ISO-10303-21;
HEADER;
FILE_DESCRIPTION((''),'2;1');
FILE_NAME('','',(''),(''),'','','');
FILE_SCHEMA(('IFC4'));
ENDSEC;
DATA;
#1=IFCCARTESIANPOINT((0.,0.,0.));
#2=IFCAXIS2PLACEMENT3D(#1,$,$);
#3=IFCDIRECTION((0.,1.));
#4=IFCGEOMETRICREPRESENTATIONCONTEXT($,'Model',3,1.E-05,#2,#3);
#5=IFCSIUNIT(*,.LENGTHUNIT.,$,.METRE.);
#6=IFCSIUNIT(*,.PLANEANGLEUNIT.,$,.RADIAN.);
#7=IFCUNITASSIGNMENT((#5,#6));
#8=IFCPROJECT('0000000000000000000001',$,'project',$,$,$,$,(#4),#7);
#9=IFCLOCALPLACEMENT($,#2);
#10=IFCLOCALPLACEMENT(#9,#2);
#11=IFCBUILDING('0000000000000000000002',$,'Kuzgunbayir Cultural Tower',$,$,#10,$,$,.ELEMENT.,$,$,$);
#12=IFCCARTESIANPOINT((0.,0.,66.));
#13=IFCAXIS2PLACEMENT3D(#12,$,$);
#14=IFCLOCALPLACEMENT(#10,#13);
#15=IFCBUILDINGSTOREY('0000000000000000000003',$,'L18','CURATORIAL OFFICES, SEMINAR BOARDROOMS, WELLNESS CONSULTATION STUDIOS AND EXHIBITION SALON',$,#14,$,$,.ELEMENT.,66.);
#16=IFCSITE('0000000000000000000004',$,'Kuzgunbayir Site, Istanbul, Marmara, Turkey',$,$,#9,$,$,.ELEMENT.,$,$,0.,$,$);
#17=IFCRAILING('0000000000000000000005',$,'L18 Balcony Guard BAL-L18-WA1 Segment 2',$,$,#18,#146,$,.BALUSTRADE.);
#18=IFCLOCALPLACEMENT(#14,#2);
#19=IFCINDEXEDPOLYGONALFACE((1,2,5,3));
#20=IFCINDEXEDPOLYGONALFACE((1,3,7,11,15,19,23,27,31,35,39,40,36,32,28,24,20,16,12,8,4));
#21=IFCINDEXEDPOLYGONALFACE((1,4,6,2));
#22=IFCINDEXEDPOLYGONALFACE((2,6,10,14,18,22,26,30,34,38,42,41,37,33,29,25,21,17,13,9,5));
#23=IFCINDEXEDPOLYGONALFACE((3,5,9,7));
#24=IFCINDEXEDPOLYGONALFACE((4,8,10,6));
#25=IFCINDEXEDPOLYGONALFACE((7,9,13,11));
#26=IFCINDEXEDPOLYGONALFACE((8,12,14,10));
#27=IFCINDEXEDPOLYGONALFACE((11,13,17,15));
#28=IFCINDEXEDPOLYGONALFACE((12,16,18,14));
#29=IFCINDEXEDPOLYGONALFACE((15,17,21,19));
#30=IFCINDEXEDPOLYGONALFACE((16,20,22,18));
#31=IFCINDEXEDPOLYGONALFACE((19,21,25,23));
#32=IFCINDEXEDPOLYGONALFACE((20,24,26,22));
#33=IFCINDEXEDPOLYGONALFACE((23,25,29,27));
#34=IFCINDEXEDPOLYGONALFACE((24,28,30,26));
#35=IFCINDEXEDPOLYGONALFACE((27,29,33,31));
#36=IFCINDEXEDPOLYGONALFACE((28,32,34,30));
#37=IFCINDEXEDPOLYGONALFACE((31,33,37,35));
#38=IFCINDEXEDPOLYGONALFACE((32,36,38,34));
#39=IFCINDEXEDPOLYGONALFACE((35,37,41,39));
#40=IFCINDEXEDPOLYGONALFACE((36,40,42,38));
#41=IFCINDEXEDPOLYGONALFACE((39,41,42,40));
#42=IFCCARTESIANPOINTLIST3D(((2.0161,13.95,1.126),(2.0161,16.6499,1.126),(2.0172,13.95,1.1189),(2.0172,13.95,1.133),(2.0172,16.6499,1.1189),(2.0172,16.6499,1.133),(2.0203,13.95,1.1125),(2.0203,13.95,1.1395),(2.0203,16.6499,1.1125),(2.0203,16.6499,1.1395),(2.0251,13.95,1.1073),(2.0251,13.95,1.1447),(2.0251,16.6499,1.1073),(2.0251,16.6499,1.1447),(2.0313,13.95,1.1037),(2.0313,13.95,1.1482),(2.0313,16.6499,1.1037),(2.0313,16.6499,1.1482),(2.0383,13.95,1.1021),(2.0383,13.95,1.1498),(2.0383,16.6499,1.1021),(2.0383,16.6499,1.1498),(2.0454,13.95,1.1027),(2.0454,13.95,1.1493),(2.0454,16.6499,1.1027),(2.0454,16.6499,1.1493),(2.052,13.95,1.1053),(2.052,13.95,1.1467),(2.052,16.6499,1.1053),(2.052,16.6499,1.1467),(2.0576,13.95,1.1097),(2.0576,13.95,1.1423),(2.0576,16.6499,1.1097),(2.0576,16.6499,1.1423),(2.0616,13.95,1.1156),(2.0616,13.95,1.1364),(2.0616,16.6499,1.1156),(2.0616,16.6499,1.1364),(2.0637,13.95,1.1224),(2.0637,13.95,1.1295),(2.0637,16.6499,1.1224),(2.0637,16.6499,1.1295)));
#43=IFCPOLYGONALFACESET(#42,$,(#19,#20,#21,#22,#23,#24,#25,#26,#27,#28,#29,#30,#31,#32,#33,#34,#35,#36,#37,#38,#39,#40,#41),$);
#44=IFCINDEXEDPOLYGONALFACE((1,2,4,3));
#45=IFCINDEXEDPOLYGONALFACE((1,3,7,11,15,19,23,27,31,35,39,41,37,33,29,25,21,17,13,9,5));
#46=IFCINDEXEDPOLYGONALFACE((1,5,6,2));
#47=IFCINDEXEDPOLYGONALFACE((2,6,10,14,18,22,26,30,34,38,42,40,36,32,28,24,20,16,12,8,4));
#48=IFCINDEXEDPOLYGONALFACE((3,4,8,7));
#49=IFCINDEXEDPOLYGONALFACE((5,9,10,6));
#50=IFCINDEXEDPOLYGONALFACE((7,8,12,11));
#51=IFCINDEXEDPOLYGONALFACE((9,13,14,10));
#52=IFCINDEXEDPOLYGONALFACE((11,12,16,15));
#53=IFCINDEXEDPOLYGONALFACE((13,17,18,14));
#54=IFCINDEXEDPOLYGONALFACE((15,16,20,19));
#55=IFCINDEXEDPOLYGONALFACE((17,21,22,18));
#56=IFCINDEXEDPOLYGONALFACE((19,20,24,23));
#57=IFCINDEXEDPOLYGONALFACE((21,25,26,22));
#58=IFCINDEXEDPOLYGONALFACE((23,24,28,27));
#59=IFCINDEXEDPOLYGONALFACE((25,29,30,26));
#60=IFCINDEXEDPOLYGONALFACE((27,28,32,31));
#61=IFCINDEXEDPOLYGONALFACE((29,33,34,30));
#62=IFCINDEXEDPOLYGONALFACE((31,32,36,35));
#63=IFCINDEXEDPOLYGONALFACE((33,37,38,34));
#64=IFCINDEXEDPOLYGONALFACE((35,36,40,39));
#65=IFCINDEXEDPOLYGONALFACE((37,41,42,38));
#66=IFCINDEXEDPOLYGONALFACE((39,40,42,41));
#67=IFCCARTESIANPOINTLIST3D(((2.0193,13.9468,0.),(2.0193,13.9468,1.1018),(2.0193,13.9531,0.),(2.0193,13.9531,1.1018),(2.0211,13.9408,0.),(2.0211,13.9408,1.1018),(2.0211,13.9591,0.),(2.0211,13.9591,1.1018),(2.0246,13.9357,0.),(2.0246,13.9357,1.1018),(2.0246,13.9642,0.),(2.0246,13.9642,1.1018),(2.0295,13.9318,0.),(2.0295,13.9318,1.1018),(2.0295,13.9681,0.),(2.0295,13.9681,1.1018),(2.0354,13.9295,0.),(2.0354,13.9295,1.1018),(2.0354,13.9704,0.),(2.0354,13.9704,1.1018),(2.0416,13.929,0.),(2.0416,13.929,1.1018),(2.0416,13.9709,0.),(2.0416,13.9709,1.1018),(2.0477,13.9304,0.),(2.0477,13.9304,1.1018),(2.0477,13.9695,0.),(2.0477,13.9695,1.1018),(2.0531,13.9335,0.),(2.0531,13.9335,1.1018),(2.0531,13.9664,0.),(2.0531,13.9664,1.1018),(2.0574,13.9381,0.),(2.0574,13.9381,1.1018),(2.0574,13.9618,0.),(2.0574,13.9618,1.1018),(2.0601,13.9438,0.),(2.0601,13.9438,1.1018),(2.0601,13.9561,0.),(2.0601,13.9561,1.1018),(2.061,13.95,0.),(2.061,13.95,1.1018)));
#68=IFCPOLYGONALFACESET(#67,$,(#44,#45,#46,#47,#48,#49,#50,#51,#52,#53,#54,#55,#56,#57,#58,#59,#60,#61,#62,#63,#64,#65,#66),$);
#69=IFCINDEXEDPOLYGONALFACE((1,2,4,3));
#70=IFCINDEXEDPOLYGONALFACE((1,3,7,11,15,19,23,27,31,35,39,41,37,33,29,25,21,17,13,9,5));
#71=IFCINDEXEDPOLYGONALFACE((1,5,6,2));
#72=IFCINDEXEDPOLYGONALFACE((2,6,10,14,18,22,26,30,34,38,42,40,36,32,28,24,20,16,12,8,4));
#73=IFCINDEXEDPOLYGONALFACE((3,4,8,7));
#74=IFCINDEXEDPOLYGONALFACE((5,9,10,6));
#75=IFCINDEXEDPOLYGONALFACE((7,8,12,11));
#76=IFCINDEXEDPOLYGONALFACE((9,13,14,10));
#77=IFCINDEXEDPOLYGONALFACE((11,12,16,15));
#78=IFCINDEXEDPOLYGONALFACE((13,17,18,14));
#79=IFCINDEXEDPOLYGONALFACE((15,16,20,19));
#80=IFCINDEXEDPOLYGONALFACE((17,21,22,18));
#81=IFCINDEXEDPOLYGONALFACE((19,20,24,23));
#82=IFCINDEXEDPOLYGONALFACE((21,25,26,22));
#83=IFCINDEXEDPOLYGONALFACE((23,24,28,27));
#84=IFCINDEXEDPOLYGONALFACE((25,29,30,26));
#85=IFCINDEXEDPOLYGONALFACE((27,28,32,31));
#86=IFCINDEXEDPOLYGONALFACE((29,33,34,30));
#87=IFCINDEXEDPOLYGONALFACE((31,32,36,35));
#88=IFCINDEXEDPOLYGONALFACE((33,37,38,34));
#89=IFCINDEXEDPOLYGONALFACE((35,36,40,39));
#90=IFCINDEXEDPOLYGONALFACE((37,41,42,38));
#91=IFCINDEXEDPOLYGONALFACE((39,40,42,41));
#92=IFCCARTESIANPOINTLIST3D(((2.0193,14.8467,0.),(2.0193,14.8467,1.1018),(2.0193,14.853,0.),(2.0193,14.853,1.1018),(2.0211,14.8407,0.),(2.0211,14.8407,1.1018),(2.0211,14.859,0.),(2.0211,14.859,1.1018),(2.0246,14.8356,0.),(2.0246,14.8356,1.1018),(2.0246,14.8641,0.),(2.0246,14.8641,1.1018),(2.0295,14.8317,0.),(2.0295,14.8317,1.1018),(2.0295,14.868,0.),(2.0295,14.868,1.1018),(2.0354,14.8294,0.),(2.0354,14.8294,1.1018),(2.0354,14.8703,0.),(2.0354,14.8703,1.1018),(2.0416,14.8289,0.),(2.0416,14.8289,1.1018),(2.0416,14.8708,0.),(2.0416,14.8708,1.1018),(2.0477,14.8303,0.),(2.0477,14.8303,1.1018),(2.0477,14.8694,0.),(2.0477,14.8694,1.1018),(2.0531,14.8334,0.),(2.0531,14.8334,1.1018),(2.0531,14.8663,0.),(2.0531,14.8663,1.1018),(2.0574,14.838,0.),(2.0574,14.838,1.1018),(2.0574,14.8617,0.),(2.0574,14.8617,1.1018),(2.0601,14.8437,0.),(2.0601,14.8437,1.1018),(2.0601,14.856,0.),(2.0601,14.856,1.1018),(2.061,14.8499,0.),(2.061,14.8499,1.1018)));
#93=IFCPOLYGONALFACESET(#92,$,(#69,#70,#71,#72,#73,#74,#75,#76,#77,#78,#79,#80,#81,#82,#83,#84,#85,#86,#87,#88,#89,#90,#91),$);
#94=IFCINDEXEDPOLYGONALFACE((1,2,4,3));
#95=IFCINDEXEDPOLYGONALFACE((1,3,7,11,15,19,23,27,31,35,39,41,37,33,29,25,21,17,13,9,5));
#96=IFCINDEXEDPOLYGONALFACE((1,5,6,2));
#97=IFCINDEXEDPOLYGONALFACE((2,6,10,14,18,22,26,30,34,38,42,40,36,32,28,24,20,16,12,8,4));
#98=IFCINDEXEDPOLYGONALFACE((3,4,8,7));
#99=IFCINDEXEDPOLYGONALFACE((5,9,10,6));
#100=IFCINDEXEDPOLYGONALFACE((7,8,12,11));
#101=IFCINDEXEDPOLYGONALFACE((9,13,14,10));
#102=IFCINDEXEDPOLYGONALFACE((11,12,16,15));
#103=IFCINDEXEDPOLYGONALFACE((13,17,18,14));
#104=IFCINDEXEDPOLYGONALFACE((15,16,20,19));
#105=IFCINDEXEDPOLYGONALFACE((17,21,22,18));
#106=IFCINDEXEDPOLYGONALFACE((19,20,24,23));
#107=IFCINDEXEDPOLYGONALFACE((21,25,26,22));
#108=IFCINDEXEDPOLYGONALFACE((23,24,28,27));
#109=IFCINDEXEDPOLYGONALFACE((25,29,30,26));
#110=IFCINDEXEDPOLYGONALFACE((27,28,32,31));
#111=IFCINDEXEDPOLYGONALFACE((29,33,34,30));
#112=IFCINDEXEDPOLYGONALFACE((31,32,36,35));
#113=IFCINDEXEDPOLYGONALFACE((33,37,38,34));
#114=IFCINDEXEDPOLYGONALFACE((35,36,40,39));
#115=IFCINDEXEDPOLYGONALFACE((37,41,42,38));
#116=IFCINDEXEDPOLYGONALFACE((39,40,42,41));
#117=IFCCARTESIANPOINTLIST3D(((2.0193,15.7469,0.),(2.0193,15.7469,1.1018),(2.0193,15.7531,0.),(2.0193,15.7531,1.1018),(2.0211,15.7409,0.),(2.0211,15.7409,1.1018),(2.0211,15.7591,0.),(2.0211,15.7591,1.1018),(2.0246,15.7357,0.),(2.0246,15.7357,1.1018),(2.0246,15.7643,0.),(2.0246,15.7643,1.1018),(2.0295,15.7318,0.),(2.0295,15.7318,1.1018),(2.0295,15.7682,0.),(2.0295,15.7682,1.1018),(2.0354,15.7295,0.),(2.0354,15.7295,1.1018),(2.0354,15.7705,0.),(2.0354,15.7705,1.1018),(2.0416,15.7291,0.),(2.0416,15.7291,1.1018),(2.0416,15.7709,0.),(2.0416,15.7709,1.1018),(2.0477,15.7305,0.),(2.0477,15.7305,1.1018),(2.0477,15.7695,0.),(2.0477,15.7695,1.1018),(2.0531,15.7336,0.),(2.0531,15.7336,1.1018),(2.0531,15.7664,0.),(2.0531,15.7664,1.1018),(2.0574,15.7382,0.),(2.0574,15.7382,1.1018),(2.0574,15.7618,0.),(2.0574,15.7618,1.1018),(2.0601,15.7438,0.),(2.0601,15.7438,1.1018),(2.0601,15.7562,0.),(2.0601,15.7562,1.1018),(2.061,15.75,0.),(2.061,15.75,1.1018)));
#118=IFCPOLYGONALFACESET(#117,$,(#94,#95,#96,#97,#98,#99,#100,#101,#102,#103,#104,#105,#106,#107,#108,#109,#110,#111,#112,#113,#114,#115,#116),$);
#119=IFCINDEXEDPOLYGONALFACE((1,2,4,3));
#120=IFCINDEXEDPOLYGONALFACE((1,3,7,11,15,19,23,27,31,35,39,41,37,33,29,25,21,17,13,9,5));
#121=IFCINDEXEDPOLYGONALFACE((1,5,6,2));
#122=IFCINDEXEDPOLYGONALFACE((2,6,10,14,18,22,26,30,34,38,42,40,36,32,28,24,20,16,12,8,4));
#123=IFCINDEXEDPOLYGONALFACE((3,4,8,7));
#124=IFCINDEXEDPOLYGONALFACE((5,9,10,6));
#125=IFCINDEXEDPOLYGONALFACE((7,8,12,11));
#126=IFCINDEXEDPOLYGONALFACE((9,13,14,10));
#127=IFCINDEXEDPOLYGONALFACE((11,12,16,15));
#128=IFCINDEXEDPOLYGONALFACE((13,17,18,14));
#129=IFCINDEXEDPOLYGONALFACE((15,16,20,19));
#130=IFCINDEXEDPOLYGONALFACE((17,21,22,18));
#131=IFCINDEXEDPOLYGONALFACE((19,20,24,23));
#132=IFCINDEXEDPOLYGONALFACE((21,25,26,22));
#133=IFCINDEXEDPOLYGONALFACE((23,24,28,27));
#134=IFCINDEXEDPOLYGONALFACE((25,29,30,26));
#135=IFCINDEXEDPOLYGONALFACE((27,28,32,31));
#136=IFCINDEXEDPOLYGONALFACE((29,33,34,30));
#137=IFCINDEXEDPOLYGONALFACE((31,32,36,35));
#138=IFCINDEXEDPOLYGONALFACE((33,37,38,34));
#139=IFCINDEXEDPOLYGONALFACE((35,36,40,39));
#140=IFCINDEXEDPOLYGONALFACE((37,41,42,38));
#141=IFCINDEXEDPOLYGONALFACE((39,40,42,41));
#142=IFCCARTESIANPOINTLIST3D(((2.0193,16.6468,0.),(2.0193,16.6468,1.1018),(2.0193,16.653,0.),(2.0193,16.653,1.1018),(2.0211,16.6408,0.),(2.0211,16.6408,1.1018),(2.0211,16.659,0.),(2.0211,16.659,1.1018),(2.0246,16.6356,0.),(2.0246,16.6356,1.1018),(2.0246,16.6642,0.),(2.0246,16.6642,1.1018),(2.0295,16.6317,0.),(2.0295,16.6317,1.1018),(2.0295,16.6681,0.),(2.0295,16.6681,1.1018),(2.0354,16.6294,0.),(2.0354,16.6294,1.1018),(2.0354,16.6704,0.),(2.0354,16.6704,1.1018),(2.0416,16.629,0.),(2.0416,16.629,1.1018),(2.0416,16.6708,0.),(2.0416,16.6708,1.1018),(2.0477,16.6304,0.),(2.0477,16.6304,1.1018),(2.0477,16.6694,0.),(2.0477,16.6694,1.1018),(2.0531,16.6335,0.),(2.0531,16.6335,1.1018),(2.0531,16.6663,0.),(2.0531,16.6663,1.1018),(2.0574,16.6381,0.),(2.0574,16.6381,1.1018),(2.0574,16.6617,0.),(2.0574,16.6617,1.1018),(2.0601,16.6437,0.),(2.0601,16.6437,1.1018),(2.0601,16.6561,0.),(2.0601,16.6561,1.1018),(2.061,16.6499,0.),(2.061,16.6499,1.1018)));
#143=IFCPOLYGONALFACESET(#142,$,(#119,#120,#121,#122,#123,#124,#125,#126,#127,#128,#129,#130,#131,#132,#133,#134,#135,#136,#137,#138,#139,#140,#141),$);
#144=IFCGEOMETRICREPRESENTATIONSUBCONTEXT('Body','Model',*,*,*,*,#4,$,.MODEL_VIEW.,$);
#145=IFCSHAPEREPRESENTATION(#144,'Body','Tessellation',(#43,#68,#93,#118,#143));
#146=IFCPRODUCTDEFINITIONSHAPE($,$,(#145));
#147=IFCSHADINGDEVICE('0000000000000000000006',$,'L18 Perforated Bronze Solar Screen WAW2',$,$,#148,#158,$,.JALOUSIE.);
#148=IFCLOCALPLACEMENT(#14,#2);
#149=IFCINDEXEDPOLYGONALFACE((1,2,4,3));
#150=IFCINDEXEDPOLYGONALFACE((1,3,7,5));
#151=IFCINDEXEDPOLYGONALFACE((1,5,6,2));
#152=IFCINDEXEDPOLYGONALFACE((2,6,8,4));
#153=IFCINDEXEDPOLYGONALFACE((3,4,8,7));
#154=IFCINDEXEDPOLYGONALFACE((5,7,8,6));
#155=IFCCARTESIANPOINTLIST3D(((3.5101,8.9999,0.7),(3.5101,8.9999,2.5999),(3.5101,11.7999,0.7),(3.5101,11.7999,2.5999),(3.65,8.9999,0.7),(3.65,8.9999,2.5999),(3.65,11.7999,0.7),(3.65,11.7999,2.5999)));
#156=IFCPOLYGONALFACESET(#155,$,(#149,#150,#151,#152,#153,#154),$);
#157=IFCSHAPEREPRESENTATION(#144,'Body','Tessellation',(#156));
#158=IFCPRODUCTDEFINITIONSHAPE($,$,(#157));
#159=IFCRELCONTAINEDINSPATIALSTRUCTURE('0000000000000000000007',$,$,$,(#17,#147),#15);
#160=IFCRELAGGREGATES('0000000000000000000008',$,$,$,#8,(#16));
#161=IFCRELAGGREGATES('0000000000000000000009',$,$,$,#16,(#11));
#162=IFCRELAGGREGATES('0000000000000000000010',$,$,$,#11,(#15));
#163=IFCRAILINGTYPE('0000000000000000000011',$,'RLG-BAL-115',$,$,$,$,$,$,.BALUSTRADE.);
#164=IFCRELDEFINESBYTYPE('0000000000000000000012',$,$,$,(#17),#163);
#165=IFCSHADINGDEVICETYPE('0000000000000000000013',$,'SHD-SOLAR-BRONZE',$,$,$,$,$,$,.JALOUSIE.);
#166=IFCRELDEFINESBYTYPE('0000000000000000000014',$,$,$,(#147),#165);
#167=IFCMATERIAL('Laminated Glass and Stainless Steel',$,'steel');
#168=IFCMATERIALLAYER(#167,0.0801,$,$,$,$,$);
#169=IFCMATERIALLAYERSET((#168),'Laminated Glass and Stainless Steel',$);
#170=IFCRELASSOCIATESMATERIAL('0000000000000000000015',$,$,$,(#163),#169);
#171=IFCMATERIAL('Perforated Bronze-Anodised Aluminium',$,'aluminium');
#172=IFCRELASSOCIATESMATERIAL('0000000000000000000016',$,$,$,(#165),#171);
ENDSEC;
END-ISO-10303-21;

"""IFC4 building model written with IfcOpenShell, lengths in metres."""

from ifc_helpers import new_model, si_unit, direction, frame, origin, origin_2d, place, context, subcontext, project, spatial, rectangle, circle, extrude, material, layer, layer_set, type_object, element, save


model = new_model("IFC4")

# Units and contexts
model_context = context("Model", 3, precision=1e-05, world=origin(), true_north=direction((0.0, 1.0)))
body_context = subcontext(model_context, "Body", "Model", "MODEL_VIEW")
ifc_project = project(units=[si_unit("LENGTHUNIT", "METRE"), si_unit("PLANEANGLEUNIT", "RADIAN")], contexts=[model_context])

# Site, building, storey
site_placement = place(None, origin())
site = spatial("IfcSite", under=ifc_project, at=site_placement, Name="Kuzgunbayir Site, Istanbul, Marmara, Turkey", CompositionType="ELEMENT", RefElevation=0.0)
building_placement = place(site_placement, origin())
building = spatial("IfcBuilding", under=site, at=building_placement, Name="Kuzgunbayir Cultural Tower", CompositionType="ELEMENT")
storey_placement = place(building_placement, frame((0.0, 0.0, 66.0)))
storey = spatial("IfcBuildingStorey", under=building, at=storey_placement, Name="L18", Description="CURATORIAL OFFICES, SEMINAR BOARDROOMS, WELLNESS CONSULTATION STUDIOS AND EXHIBITION SALON", CompositionType="ELEMENT", Elevation=66.0)

# Railing
ifc_material_1 = material(Name="Laminated Glass and Stainless Steel", Category="steel")
ifc_layer_1 = layer(ifc_material_1, 0.0801)
ifc_layer_set_1 = layer_set([ifc_layer_1], Name="Laminated Glass and Stainless Steel")
railing_type = type_object("IfcRailingType", Name="RLG-BAL-115", PredefinedType="BALUSTRADE", material=ifc_layer_set_1)
railing_1_placement = place(storey_placement, frame((2.04, 13.95, 0.0)))
element("IfcRailing", 1, at=railing_1_placement, inside=storey, type_object=railing_type, Name="L18 Balcony Guard BAL-L18-WA1 Segment 2", PredefinedType="BALUSTRADE", context=body_context, shape_type="SweptSolid", body=[
    extrude(circle(Radius=0.0239, at=origin_2d()), frame((0.0, 0.0, 1.126), z_axis=(0.0, 1.0, 0.0), x_axis=(-1.0, 0.0, 0.0)), (0.0, 0.0, 1.0), 2.7),
    extrude(circle(Radius=0.021, at=origin_2d()), origin(), (0.0, 0.0, 1.0), 1.1018),
    extrude(circle(Radius=0.021, at=origin_2d()), frame((0.0, 0.8999, 0.0)), (0.0, 0.0, 1.0), 1.1018),
    extrude(circle(Radius=0.021, at=origin_2d()), frame((0.0, 1.8, 0.0)), (0.0, 0.0, 1.0), 1.1018),
    extrude(circle(Radius=0.021, at=origin_2d()), frame((0.0, 2.7, 0.0)), (0.0, 0.0, 1.0), 1.1018),
])

# Shading device
ifc_material_2 = material(Name="Perforated Bronze-Anodised Aluminium", Category="aluminium")
shading_device_type = type_object("IfcShadingDeviceType", Name="SHD-SOLAR-BRONZE", PredefinedType="JALOUSIE", material=ifc_material_2)
shading_device_placement = place(storey_placement, frame((3.5801, 10.3999, 0.7), z_axis=(0.0, 0.0, 1.0), x_axis=(1.0, 0.0, 0.0)))
element("IfcShadingDevice", 2, at=shading_device_placement, inside=storey, type_object=shading_device_type, Name="L18 Perforated Bronze Solar Screen WAW2", PredefinedType="JALOUSIE", context=body_context, shape_type="SweptSolid", body=[
    extrude(rectangle(XDim=0.1399, YDim=2.8, at=origin_2d()), origin(), (0.0, 0.0, 1.0), 1.8999),
])

save(model, "model.ifc")
